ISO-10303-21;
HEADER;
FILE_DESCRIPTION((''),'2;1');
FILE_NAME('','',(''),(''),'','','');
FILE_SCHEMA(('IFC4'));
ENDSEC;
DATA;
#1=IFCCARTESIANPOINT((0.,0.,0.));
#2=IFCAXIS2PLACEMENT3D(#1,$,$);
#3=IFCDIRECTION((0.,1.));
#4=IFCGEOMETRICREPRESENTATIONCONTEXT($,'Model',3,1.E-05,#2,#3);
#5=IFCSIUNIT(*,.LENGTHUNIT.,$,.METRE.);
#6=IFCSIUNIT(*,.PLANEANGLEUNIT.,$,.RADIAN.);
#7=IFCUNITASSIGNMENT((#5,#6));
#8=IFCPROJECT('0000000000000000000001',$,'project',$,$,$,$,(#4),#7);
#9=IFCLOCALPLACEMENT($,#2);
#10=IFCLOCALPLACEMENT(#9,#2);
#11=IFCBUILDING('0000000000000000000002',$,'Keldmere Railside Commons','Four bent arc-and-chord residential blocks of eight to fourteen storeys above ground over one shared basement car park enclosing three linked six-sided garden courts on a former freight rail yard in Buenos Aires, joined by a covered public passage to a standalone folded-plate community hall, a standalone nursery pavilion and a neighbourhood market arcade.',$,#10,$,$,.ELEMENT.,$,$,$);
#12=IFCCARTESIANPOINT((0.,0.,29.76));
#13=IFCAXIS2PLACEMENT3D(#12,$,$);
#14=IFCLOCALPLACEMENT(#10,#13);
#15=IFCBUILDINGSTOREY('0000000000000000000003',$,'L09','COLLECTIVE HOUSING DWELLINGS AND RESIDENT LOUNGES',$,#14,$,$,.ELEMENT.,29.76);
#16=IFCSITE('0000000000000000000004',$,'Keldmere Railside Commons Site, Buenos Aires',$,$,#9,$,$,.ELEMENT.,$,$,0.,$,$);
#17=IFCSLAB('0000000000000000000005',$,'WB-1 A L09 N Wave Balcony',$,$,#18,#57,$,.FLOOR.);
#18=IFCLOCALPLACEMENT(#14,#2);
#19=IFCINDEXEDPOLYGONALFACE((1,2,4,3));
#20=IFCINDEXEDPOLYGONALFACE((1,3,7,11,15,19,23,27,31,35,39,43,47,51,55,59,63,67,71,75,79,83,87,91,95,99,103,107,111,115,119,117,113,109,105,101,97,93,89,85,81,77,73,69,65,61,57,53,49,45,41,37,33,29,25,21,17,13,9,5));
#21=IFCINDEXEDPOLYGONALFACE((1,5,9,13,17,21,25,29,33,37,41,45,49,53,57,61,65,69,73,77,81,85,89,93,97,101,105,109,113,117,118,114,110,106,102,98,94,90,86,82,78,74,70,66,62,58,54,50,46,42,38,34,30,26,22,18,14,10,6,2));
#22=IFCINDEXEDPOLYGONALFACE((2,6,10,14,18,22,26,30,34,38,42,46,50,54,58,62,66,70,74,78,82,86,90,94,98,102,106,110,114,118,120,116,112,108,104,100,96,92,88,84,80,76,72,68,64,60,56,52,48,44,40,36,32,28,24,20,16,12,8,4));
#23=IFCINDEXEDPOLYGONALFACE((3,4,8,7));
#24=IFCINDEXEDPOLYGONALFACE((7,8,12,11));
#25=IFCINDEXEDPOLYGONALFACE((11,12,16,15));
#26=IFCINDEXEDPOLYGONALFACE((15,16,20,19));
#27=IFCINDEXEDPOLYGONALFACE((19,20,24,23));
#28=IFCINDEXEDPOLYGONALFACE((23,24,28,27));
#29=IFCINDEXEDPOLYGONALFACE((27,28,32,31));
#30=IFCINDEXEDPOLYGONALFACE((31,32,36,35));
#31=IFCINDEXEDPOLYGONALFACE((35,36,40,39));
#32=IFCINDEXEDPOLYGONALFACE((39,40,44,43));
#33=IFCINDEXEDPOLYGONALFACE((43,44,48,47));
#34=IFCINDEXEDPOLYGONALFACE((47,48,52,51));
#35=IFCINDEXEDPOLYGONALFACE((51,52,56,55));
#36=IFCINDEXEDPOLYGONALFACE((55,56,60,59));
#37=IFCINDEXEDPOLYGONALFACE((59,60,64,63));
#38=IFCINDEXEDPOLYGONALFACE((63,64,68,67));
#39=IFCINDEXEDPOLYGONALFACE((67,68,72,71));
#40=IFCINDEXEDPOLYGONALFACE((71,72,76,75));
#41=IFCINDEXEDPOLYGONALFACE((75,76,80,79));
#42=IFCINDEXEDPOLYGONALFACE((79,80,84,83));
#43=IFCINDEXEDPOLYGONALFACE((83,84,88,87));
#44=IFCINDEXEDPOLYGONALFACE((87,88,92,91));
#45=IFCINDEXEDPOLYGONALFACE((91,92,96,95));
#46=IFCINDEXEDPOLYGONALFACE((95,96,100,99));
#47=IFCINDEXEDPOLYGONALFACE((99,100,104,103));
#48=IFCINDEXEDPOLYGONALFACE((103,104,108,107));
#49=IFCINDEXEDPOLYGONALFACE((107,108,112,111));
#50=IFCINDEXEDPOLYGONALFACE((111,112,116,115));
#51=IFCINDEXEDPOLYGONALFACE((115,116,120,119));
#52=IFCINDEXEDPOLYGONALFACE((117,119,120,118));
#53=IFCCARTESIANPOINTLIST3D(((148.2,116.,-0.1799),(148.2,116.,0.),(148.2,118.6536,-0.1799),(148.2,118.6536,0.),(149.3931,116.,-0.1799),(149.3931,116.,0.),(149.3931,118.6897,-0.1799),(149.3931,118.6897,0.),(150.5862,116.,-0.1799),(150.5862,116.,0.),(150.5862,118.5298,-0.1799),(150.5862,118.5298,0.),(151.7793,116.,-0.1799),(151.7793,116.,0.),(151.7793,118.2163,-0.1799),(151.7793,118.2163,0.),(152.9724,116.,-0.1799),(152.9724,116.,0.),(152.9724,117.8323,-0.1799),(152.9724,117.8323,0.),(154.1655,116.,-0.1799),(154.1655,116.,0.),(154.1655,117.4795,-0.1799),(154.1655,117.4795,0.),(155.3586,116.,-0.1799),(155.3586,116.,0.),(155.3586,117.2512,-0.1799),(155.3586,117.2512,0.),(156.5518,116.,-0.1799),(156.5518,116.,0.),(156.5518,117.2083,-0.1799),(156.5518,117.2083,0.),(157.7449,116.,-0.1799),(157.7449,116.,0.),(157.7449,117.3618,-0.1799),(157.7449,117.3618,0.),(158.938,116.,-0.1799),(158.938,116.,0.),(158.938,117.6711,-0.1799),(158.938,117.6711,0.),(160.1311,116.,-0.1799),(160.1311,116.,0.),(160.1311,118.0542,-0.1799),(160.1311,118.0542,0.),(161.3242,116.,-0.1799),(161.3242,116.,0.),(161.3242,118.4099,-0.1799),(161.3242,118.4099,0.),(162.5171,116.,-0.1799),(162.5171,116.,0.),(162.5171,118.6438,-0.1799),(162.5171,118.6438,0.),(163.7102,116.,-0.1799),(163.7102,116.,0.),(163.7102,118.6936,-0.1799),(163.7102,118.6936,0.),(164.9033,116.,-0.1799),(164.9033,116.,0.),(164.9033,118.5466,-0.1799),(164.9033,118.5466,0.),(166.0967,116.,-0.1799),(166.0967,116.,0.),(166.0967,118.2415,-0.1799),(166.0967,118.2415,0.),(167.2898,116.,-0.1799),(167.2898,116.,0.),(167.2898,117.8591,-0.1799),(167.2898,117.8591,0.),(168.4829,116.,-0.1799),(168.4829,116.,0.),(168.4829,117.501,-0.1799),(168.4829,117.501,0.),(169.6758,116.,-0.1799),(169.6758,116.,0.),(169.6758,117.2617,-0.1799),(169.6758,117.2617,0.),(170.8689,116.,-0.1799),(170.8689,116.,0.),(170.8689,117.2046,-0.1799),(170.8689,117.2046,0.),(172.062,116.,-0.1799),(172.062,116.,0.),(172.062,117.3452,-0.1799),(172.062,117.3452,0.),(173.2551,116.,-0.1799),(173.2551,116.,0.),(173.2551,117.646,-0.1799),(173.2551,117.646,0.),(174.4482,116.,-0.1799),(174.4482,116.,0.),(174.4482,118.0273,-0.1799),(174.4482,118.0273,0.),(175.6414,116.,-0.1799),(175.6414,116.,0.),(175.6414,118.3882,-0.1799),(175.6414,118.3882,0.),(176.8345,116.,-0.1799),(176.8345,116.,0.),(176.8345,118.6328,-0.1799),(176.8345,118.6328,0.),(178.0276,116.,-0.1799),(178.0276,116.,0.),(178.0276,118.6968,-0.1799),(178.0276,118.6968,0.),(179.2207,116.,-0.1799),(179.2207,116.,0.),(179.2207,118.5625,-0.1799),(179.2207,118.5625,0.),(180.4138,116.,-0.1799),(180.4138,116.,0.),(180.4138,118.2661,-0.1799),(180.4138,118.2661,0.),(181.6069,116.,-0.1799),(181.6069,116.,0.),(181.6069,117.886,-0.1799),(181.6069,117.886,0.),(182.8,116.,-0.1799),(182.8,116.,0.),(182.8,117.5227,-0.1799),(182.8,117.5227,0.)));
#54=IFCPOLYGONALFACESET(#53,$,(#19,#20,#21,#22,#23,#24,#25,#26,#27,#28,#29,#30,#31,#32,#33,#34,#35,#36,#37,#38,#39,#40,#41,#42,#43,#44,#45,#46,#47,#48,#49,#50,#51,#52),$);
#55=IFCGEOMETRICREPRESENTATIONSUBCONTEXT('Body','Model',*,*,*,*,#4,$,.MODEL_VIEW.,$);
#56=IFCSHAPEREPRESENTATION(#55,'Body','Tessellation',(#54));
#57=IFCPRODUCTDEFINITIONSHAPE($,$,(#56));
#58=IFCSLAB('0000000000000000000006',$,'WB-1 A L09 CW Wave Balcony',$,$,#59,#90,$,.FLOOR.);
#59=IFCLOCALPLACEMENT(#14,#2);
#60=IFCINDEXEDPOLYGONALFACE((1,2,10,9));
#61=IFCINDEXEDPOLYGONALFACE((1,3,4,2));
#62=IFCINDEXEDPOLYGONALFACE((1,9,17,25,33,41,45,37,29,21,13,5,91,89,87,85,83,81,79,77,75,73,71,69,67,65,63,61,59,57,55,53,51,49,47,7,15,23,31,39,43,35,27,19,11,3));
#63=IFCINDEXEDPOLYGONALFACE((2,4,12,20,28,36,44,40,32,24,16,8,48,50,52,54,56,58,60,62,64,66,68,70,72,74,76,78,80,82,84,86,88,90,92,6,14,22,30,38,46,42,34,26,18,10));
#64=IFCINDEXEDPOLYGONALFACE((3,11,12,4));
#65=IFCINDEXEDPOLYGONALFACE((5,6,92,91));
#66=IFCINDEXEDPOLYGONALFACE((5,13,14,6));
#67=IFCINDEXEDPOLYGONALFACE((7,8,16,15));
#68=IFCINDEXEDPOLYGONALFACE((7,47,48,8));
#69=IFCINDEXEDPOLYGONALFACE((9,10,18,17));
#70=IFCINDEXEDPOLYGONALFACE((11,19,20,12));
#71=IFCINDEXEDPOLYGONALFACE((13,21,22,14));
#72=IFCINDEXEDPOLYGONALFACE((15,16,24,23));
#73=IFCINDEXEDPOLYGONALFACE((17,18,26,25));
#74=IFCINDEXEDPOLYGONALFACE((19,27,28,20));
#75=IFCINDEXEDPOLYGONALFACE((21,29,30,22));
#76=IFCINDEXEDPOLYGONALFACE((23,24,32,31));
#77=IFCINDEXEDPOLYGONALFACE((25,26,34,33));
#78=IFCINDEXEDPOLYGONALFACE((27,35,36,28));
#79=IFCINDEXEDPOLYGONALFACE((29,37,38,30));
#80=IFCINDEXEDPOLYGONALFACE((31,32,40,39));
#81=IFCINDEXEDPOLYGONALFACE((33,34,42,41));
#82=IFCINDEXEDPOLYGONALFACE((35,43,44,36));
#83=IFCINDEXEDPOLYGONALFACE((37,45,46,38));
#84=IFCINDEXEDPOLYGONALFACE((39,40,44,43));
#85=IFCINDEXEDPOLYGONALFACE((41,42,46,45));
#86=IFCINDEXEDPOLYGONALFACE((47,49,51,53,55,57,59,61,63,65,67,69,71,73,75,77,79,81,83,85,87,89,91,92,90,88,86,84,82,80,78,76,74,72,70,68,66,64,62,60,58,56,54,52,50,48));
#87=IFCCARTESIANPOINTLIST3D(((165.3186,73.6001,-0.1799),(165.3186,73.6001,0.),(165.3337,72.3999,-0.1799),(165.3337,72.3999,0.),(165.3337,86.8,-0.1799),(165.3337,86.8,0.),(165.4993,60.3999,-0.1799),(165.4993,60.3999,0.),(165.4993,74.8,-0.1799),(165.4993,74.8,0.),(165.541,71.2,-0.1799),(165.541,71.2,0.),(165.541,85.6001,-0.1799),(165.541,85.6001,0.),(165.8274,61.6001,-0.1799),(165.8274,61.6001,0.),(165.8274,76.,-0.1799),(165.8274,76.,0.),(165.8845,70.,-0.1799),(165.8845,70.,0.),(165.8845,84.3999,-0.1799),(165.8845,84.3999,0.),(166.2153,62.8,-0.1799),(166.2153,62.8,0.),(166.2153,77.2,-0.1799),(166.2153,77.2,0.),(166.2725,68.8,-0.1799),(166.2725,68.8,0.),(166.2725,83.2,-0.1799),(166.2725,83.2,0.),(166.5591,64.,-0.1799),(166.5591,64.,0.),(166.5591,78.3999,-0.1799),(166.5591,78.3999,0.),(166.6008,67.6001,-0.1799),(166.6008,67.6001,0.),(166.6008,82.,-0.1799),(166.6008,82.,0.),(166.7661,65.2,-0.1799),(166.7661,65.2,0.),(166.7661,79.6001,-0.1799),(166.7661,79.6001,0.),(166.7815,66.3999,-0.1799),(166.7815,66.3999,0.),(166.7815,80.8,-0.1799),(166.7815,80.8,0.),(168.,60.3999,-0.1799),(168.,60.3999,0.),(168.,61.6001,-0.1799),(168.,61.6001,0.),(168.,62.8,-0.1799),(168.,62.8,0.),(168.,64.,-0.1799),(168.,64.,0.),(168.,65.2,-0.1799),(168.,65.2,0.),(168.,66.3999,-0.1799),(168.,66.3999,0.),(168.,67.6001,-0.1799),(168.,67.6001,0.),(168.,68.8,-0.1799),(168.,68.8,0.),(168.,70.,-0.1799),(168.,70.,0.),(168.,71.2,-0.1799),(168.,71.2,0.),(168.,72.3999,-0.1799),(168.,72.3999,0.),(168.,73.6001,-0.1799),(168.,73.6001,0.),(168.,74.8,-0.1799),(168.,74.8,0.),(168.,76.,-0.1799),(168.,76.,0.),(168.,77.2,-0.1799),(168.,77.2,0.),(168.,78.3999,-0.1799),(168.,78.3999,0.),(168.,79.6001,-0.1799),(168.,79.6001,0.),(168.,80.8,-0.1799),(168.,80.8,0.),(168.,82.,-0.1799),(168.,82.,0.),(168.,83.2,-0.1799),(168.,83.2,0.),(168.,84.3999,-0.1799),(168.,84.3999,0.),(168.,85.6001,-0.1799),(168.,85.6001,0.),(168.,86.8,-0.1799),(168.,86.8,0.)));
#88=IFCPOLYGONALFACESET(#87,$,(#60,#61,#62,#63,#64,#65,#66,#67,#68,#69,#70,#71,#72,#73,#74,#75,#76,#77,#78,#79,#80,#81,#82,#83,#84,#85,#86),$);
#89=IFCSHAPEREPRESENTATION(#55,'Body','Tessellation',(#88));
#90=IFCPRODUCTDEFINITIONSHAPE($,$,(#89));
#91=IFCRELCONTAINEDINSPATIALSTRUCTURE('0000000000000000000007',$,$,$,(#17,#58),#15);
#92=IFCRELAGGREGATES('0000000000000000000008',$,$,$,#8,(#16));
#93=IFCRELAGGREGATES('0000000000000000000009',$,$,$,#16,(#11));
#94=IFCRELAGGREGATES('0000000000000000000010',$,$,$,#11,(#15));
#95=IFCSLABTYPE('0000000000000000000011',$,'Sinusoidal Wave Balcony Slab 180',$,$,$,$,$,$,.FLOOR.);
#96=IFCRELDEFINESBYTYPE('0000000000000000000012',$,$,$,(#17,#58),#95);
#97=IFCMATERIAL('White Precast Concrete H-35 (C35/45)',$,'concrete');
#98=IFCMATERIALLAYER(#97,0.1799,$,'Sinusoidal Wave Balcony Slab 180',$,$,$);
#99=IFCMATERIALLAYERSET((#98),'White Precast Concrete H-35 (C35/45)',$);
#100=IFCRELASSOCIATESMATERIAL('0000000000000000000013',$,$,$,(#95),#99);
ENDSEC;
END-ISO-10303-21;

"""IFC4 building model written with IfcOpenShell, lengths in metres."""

from ifc_helpers import new_model, si_unit, direction, frame, origin, place, context, subcontext, project, spatial, polyline, outline, extrude, material, layer, layer_set, type_object, element, save


model = new_model("IFC4")

# Units and contexts
model_context = context("Model", 3, precision=1e-05, world=origin(), true_north=direction((0.0, 1.0)))
body_context = subcontext(model_context, "Body", "Model", "MODEL_VIEW")
ifc_project = project(units=[si_unit("LENGTHUNIT", "METRE"), si_unit("PLANEANGLEUNIT", "RADIAN")], contexts=[model_context])

# Site, building, storey
site_placement = place(None, origin())
site = spatial("IfcSite", under=ifc_project, at=site_placement, Name="Keldmere Railside Commons Site, Buenos Aires", CompositionType="ELEMENT", RefElevation=0.0)
building_placement = place(site_placement, origin())
building = spatial("IfcBuilding", under=site, at=building_placement, Name="Keldmere Railside Commons", Description="Four bent arc-and-chord residential blocks of eight to fourteen storeys above ground over one shared basement car park enclosing three linked six-sided garden courts on a former freight rail yard in Buenos Aires, joined by a covered public passage to a standalone folded-plate community hall, a standalone nursery pavilion and a neighbourhood market arcade.", CompositionType="ELEMENT")
storey_placement = place(building_placement, frame((0.0, 0.0, 29.76)))
storey = spatial("IfcBuildingStorey", under=building, at=storey_placement, Name="L09", Description="COLLECTIVE HOUSING DWELLINGS AND RESIDENT LOUNGES", CompositionType="ELEMENT", Elevation=29.76)

# Slabs
ifc_material_1 = material(Name="White Precast Concrete H-35 (C35/45)", Category="concrete")
ifc_layer_1 = layer(ifc_material_1, 0.1799, Name="Sinusoidal Wave Balcony Slab 180")
ifc_layer_set_1 = layer_set([ifc_layer_1], Name="White Precast Concrete H-35 (C35/45)")
slab_type_1 = type_object("IfcSlabType", Name="Sinusoidal Wave Balcony Slab 180", PredefinedType="FLOOR", material=ifc_layer_set_1)
slab_1_placement = place(storey_placement, frame((0.0, 0.0, -0.1799)))
element("IfcSlab", 1, at=slab_1_placement, inside=storey, type_object=slab_type_1, Name="WB-1 A L09 N Wave Balcony", PredefinedType="FLOOR", context=body_context, shape_type="SweptSolid", body=[
    extrude(outline(polyline([(148.2, 116.0), (149.3931, 116.0), (150.5862, 116.0), (151.7793, 116.0), (152.9724, 116.0), (154.1655, 116.0), (155.3586, 116.0), (156.5518, 116.0), (157.7449, 116.0), (158.938, 116.0), (160.1311, 116.0), (161.3242, 116.0), (162.5171, 116.0), (163.7102, 116.0), (164.9033, 116.0), (166.0967, 116.0), (167.2898, 116.0), (168.4829, 116.0), (169.6758, 116.0), (170.8689, 116.0), (172.062, 116.0), (173.2551, 116.0), (174.4482, 116.0), (175.6414, 116.0), (176.8345, 116.0), (178.0276, 116.0), (179.2207, 116.0), (180.4138, 116.0), (181.6069, 116.0), (182.8, 116.0), (182.8, 117.5227), (181.6069, 117.886), (180.4138, 118.2661), (179.2207, 118.5625), (178.0276, 118.6968), (176.8345, 118.6328), (175.6414, 118.3882), (174.4482, 118.0273), (173.2551, 117.646), (172.062, 117.3452), (170.8689, 117.2046), (169.6758, 117.2617), (168.4829, 117.501), (167.2898, 117.8591), (166.0967, 118.2415), (164.9033, 118.5466), (163.7102, 118.6936), (162.5171, 118.6438), (161.3242, 118.4099), (160.1311, 118.0542), (158.938, 117.6711), (157.7449, 117.3618), (156.5518, 117.2083), (155.3586, 117.2512), (154.1655, 117.4795), (152.9724, 117.8323), (151.7793, 118.2163), (150.5862, 118.5298), (149.3931, 118.6897), (148.2, 118.6536), (148.2, 116.0)])), origin(), (0.0, 0.0, 1.0), 0.1799),
])
slab_2_placement = place(storey_placement, frame((0.0, 0.0, -0.1799)))
element("IfcSlab", 2, at=slab_2_placement, inside=storey, type_object=slab_type_1, Name="WB-1 A L09 CW Wave Balcony", PredefinedType="FLOOR", context=body_context, shape_type="SweptSolid", body=[
    extrude(outline(polyline([(168.0, 60.3999), (168.0, 61.6001), (168.0, 62.8), (168.0, 64.0), (168.0, 65.2), (168.0, 66.3999), (168.0, 67.6001), (168.0, 68.8), (168.0, 70.0), (168.0, 71.2), (168.0, 72.3999), (168.0, 73.6001), (168.0, 74.8), (168.0, 76.0), (168.0, 77.2), (168.0, 78.3999), (168.0, 79.6001), (168.0, 80.8), (168.0, 82.0), (168.0, 83.2), (168.0, 84.3999), (168.0, 85.6001), (168.0, 86.8), (165.3337, 86.8), (165.541, 85.6001), (165.8845, 84.3999), (166.2725, 83.2), (166.6008, 82.0), (166.7815, 80.8), (166.7661, 79.6001), (166.5591, 78.3999), (166.2153, 77.2), (165.8274, 76.0), (165.4993, 74.8), (165.3186, 73.6001), (165.3337, 72.3999), (165.541, 71.2), (165.8845, 70.0), (166.2725, 68.8), (166.6008, 67.6001), (166.7815, 66.3999), (166.7661, 65.2), (166.5591, 64.0), (166.2153, 62.8), (165.8274, 61.6001), (165.4993, 60.3999), (168.0, 60.3999)])), origin(), (0.0, 0.0, 1.0), 0.1799),
])

save(model, "model.ifc")
